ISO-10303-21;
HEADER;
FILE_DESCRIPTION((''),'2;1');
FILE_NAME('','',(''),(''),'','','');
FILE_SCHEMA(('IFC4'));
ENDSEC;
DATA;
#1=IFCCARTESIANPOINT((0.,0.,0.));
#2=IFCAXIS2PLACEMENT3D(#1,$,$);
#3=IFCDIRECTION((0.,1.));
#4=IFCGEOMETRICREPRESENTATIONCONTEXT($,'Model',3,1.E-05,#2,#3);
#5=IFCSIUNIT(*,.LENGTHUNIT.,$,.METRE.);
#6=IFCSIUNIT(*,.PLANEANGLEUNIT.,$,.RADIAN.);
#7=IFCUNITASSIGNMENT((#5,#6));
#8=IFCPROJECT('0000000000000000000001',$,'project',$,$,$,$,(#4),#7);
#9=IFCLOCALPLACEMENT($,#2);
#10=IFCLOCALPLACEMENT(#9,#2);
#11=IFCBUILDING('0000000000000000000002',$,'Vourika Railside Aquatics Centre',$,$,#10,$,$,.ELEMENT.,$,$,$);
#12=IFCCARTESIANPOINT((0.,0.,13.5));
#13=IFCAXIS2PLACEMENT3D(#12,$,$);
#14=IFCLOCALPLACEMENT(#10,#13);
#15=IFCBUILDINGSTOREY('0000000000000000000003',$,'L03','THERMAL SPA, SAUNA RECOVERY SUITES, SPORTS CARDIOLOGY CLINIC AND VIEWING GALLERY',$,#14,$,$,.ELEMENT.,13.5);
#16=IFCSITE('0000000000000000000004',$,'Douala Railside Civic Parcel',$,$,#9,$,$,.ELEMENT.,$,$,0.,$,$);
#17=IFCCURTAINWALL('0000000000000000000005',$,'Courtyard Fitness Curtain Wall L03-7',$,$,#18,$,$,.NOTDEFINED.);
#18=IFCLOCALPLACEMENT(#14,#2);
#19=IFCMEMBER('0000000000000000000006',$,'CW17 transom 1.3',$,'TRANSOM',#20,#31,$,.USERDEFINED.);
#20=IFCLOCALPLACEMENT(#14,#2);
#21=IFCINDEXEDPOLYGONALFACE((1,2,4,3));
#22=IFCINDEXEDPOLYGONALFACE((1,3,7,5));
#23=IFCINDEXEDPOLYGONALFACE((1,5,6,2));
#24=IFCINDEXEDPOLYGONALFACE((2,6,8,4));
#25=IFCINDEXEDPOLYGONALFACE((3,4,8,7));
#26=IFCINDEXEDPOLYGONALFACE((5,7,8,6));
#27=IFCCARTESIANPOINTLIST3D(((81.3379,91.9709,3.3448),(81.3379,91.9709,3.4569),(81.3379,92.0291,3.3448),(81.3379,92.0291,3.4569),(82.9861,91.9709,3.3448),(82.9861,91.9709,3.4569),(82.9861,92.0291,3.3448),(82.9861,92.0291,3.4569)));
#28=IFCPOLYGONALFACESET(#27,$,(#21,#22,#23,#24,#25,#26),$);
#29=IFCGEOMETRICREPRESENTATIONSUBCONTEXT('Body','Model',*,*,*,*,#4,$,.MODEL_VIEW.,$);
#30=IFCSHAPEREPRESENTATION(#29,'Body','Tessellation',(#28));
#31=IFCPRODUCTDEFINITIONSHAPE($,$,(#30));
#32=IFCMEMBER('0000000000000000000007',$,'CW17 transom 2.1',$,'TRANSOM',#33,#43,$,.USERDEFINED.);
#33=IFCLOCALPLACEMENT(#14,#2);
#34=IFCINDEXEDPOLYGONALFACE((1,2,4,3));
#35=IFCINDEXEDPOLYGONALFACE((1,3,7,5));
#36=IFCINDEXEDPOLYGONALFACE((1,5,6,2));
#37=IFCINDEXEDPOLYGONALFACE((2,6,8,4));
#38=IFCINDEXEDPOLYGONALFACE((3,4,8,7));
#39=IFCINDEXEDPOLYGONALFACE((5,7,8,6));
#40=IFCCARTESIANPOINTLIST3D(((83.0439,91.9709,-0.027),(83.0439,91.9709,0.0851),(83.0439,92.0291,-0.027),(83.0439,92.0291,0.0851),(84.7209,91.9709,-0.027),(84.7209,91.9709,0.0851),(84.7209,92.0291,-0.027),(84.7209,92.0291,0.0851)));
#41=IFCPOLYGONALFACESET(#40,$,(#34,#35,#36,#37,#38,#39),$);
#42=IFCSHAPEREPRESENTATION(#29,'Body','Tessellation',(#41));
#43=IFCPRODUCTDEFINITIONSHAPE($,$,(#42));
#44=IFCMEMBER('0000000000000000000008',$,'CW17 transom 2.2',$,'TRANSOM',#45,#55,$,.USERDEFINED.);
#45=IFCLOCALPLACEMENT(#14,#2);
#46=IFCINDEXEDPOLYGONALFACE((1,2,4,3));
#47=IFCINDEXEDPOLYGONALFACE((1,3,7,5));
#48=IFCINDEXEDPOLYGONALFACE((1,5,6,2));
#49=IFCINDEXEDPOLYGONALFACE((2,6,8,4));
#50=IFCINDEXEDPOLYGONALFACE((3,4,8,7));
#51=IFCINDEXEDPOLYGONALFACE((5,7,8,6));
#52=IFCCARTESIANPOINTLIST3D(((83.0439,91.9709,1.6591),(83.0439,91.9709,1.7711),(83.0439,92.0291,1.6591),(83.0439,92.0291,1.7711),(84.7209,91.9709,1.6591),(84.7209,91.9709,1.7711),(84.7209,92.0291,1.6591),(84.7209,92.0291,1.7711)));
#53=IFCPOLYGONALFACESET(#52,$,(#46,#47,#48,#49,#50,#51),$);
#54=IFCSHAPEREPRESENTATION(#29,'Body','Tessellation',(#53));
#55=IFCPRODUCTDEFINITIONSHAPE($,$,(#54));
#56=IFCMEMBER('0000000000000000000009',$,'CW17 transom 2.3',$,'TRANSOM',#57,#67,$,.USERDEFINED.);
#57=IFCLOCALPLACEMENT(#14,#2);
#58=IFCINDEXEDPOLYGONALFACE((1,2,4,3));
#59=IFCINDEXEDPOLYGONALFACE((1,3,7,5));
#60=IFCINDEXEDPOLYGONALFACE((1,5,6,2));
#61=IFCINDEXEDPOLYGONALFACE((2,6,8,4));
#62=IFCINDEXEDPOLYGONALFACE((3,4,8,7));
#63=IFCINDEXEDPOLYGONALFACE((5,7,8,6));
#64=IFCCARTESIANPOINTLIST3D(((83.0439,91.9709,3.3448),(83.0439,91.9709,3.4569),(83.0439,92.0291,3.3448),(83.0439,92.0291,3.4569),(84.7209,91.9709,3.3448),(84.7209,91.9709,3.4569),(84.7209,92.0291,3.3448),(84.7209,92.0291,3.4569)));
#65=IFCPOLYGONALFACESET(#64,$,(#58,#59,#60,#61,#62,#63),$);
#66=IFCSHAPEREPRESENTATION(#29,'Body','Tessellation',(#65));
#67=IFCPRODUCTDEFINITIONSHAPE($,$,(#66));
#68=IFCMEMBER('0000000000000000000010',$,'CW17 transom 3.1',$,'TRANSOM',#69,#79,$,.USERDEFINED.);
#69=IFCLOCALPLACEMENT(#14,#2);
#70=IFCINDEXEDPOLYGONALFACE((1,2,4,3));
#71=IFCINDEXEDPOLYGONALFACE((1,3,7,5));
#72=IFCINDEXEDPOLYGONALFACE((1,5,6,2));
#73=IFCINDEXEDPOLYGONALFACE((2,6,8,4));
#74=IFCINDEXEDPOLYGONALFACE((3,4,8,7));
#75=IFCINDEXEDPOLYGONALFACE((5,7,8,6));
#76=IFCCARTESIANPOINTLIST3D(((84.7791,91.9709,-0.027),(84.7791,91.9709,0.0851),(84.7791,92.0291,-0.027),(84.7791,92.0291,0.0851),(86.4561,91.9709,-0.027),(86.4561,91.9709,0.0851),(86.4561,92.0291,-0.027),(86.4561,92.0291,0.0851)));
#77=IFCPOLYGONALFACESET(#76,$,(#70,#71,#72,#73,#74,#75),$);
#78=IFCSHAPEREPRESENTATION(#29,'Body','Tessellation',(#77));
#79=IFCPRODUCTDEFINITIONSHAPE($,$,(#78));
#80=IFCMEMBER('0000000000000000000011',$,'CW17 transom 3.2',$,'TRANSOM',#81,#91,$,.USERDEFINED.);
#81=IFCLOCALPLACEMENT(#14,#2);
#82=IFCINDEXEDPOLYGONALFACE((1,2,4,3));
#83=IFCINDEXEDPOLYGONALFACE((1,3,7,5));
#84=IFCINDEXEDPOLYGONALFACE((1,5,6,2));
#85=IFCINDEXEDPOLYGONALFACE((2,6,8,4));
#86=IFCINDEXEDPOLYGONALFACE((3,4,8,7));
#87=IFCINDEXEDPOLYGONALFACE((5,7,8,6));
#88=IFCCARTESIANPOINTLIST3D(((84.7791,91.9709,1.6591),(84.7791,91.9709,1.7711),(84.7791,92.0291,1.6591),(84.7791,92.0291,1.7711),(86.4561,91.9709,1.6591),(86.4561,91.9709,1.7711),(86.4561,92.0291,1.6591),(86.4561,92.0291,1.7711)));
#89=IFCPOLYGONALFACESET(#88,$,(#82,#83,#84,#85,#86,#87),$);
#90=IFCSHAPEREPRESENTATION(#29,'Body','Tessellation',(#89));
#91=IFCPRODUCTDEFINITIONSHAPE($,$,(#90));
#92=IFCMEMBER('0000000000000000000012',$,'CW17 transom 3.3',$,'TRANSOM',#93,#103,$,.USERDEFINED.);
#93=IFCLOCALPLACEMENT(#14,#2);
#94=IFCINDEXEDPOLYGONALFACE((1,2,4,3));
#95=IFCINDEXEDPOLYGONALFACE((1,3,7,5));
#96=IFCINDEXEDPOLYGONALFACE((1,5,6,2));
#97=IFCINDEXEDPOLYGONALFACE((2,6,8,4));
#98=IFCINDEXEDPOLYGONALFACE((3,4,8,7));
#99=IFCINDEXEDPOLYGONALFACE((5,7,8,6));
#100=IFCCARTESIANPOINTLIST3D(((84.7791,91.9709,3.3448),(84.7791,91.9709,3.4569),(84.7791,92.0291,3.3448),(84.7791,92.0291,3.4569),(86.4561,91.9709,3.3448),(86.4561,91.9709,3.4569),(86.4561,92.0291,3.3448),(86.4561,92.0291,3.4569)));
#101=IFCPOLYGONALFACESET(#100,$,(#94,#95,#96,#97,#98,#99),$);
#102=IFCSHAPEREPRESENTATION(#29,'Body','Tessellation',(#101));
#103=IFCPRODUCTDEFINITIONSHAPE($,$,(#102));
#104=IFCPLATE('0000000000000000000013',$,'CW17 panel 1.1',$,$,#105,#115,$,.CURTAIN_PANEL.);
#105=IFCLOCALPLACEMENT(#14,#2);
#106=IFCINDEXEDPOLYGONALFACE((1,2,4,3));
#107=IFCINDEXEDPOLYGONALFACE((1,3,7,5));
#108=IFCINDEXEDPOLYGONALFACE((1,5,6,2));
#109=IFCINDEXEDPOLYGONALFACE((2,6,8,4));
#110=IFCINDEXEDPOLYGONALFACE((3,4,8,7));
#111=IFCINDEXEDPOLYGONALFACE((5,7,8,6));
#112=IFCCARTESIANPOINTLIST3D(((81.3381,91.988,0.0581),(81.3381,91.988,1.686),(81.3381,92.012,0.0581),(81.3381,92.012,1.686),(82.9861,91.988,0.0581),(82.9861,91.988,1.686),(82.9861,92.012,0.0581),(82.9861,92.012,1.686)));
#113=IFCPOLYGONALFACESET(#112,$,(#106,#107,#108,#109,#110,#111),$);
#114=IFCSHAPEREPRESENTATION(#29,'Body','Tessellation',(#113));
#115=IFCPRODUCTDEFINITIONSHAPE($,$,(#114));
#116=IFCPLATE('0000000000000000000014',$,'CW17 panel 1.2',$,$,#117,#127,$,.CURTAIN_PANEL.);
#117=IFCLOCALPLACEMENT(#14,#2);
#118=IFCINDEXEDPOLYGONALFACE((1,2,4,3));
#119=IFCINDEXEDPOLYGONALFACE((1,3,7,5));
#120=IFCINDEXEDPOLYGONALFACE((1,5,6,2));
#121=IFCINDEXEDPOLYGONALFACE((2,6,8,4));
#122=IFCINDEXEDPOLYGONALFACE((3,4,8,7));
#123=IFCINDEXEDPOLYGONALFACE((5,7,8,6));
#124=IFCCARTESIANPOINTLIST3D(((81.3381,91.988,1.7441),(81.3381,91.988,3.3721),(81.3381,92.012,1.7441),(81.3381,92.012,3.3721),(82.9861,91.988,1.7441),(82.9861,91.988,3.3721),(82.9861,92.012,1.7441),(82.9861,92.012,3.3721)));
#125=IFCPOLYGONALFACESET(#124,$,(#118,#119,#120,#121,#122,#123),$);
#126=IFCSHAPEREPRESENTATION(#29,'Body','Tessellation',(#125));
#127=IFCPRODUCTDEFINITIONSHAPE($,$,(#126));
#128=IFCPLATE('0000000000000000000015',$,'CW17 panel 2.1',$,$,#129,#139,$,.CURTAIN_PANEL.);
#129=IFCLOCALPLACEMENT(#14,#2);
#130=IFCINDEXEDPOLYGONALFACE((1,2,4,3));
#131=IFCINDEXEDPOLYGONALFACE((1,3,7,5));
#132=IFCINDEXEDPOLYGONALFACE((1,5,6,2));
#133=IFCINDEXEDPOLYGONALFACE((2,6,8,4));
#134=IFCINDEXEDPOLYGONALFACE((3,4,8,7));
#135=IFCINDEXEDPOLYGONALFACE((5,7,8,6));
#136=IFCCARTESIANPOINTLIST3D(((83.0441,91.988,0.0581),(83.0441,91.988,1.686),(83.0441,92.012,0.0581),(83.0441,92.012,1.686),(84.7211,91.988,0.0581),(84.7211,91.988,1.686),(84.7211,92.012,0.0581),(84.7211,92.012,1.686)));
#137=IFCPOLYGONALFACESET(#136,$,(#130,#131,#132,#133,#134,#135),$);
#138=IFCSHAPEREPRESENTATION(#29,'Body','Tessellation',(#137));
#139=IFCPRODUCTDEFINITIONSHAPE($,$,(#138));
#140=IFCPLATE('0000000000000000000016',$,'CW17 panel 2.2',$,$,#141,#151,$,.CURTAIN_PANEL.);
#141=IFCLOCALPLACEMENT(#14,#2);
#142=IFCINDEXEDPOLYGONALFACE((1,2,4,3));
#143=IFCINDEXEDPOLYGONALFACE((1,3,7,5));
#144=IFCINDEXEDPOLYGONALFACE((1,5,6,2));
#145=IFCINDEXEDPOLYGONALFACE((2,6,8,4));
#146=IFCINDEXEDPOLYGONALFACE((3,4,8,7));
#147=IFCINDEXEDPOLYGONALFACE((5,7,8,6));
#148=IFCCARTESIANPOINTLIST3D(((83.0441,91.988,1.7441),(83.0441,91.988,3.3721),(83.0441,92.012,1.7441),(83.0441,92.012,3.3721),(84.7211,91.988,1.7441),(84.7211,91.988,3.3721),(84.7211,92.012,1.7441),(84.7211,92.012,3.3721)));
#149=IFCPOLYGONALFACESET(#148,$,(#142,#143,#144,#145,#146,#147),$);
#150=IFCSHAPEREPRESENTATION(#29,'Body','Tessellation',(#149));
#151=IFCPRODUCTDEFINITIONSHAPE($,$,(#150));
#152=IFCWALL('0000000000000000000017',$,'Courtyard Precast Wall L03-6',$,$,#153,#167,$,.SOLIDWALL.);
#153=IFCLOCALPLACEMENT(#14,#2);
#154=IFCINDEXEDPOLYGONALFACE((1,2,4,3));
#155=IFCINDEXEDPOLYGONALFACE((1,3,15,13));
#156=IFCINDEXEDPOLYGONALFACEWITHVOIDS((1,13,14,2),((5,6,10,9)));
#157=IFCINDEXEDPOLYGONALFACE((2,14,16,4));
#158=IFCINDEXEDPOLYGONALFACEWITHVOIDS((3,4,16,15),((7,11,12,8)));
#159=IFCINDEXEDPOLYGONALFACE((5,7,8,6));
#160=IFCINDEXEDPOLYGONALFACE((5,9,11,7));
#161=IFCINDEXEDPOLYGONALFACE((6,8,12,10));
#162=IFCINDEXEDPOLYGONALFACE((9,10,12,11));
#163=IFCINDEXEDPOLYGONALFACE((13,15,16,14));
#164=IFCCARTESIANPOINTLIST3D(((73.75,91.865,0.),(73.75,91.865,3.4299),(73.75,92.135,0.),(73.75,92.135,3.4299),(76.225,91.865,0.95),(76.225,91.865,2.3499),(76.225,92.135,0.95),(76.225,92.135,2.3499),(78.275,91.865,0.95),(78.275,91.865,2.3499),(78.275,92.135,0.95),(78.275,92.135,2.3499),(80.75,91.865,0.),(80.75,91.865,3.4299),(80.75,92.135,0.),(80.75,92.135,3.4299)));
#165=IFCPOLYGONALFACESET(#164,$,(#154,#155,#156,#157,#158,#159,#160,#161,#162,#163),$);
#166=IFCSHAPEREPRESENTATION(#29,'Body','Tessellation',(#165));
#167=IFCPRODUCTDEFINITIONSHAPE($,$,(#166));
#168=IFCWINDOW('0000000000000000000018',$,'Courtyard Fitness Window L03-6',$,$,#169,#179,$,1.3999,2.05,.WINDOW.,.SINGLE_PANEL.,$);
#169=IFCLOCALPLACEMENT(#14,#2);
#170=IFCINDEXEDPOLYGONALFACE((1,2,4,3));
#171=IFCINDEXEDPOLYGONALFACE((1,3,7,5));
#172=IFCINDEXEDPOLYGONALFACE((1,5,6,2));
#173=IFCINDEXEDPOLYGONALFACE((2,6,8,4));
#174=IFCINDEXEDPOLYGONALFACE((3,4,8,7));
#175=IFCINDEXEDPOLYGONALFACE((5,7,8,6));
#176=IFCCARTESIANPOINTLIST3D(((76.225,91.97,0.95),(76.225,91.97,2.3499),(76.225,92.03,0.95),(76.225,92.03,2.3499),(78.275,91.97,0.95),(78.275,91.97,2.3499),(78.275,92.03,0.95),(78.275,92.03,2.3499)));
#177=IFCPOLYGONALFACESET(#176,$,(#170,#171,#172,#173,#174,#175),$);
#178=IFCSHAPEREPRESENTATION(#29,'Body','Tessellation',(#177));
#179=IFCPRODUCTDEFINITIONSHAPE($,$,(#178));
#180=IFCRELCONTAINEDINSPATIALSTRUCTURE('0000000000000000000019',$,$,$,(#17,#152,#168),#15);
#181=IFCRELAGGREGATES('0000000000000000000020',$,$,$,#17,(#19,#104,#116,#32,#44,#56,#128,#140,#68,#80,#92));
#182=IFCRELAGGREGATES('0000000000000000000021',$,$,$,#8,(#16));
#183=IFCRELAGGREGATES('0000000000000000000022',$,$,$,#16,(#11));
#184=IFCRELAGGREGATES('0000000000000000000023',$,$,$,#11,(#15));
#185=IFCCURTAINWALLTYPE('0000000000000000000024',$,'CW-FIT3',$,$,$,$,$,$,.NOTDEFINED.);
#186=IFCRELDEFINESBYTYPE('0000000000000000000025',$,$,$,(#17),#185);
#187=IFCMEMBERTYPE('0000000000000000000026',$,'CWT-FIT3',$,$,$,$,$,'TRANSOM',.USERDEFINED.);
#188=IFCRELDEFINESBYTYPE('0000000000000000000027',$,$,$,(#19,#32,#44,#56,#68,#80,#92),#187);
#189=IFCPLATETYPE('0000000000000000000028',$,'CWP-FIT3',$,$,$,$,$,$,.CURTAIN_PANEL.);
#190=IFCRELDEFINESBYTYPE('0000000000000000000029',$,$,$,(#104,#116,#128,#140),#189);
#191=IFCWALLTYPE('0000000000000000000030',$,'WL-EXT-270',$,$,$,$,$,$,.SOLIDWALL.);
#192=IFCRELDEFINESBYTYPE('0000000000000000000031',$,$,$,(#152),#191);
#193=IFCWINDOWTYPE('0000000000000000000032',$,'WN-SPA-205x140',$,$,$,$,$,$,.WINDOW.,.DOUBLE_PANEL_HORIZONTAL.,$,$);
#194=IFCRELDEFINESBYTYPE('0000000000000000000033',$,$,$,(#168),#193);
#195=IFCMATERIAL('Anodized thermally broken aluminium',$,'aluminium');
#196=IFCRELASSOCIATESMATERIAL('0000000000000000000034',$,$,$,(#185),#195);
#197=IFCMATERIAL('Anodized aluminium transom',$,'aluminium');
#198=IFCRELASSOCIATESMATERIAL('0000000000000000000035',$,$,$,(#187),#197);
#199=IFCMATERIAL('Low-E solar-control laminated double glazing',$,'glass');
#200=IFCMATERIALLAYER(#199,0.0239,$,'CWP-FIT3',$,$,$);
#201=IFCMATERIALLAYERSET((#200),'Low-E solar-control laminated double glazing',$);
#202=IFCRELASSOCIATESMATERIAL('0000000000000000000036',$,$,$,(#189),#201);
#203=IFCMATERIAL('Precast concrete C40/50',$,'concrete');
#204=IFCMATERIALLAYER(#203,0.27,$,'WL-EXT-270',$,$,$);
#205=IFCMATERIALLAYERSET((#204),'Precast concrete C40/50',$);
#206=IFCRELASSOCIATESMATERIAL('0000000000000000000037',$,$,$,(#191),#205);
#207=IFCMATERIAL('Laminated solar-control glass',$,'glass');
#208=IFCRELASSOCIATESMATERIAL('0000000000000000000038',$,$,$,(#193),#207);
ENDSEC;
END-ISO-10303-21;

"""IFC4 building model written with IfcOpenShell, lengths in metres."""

from ifc_helpers import new_model, si_unit, direction, frame, frame_2d, origin, origin_2d, place, context, subcontext, project, spatial, rectangle, extrude, material, layer, layer_set, material_profile, profile_set, type_object, element, fill, aggregate, save


model = new_model("IFC4")

# Units and contexts
model_context = context("Model", 3, precision=1e-05, world=origin(), true_north=direction((0.0, 1.0)))
body_context = subcontext(model_context, "Body", "Model", "MODEL_VIEW")
ifc_project = project(units=[si_unit("LENGTHUNIT", "METRE"), si_unit("PLANEANGLEUNIT", "RADIAN")], contexts=[model_context])

# Site, building, storey
site_placement = place(None, origin())
site = spatial("IfcSite", under=ifc_project, at=site_placement, Name="Douala Railside Civic Parcel", CompositionType="ELEMENT", RefElevation=0.0)
building_placement = place(site_placement, origin())
building = spatial("IfcBuilding", under=site, at=building_placement, Name="Vourika Railside Aquatics Centre", CompositionType="ELEMENT")
storey_placement = place(building_placement, frame((0.0, 0.0, 13.5)))
storey = spatial("IfcBuildingStorey", under=building, at=storey_placement, Name="L03", Description="THERMAL SPA, SAUNA RECOVERY SUITES, SPORTS CARDIOLOGY CLINIC AND VIEWING GALLERY", CompositionType="ELEMENT", Elevation=13.5)

# Curtain wall, members, plates
ifc_material_1 = material(Name="Anodized thermally broken aluminium", Category="aluminium")
curtain_wall_type = type_object("IfcCurtainWallType", Name="CW-FIT3", PredefinedType="NOTDEFINED", material=ifc_material_1)
curtain_wall_placement = place(storey_placement, origin())
curtain_wall = element("IfcCurtainWall", 1, at=curtain_wall_placement, inside=storey, type_object=curtain_wall_type, Name="Courtyard Fitness Curtain Wall L03-7", PredefinedType="NOTDEFINED")
ifc_material_2 = material(Name="Anodized aluminium transom", Category="aluminium")
ifc_material_profile_1 = material_profile(ifc_material_2, rectangle(XDim=0.0581, YDim=0.1121, at=origin_2d()), Name="ALU-T 58x112")
ifc_profile_set_1 = profile_set([ifc_material_profile_1], Name="Anodized aluminium transom")
member_type_1 = type_object("IfcMemberType", Name="CWT-FIT3", ElementType="TRANSOM", PredefinedType="USERDEFINED", material=ifc_profile_set_1)
member_1_placement = place(storey_placement, frame((81.3379, 92.0, 3.4009), z_axis=(1.0, 0.0, 0.0), x_axis=(0.0, 1.0, 0.0)))
member_1 = element("IfcMember", 2, at=member_1_placement, type_object=member_type_1, Name="CW17 transom 1.3", ObjectType="TRANSOM", PredefinedType="USERDEFINED", context=body_context, shape_type="SweptSolid", body=[
    extrude(rectangle(XDim=0.0581, YDim=0.1121, at=origin_2d()), origin(), (0.0, 0.0, 1.0), 1.6482),
])
member_2_placement = place(storey_placement, frame((83.0439, 92.0, 0.0291), z_axis=(1.0, 0.0, 0.0), x_axis=(0.0, 1.0, 0.0)))
member_2 = element("IfcMember", 3, at=member_2_placement, type_object=member_type_1, Name="CW17 transom 2.1", ObjectType="TRANSOM", PredefinedType="USERDEFINED", context=body_context, shape_type="SweptSolid", body=[
    extrude(rectangle(XDim=0.0581, YDim=0.1121, at=origin_2d()), origin(), (0.0, 0.0, 1.0), 1.677),
])
member_3_placement = place(storey_placement, frame((83.0439, 92.0, 1.7151), z_axis=(1.0, 0.0, 0.0), x_axis=(0.0, 1.0, 0.0)))
member_3 = element("IfcMember", 4, at=member_3_placement, type_object=member_type_1, Name="CW17 transom 2.2", ObjectType="TRANSOM", PredefinedType="USERDEFINED", context=body_context, shape_type="SweptSolid", body=[
    extrude(rectangle(XDim=0.0581, YDim=0.1121, at=origin_2d()), origin(), (0.0, 0.0, 1.0), 1.677),
])
member_4_placement = place(storey_placement, frame((83.0439, 92.0, 3.4009), z_axis=(1.0, 0.0, 0.0), x_axis=(0.0, 1.0, 0.0)))
member_4 = element("IfcMember", 5, at=member_4_placement, type_object=member_type_1, Name="CW17 transom 2.3", ObjectType="TRANSOM", PredefinedType="USERDEFINED", context=body_context, shape_type="SweptSolid", body=[
    extrude(rectangle(XDim=0.0581, YDim=0.1121, at=origin_2d()), origin(), (0.0, 0.0, 1.0), 1.677),
])
member_5_placement = place(storey_placement, frame((84.7791, 92.0, 0.0291), z_axis=(1.0, 0.0, 0.0), x_axis=(0.0, 1.0, 0.0)))
member_5 = element("IfcMember", 6, at=member_5_placement, type_object=member_type_1, Name="CW17 transom 3.1", ObjectType="TRANSOM", PredefinedType="USERDEFINED", context=body_context, shape_type="SweptSolid", body=[
    extrude(rectangle(XDim=0.0581, YDim=0.1121, at=origin_2d()), origin(), (0.0, 0.0, 1.0), 1.677),
])
member_6_placement = place(storey_placement, frame((84.7791, 92.0, 1.7151), z_axis=(1.0, 0.0, 0.0), x_axis=(0.0, 1.0, 0.0)))
member_6 = element("IfcMember", 7, at=member_6_placement, type_object=member_type_1, Name="CW17 transom 3.2", ObjectType="TRANSOM", PredefinedType="USERDEFINED", context=body_context, shape_type="SweptSolid", body=[
    extrude(rectangle(XDim=0.0581, YDim=0.1121, at=origin_2d()), origin(), (0.0, 0.0, 1.0), 1.677),
])
member_7_placement = place(storey_placement, frame((84.7791, 92.0, 3.4009), z_axis=(1.0, 0.0, 0.0), x_axis=(0.0, 1.0, 0.0)))
member_7 = element("IfcMember", 8, at=member_7_placement, type_object=member_type_1, Name="CW17 transom 3.3", ObjectType="TRANSOM", PredefinedType="USERDEFINED", context=body_context, shape_type="SweptSolid", body=[
    extrude(rectangle(XDim=0.0581, YDim=0.1121, at=origin_2d()), origin(), (0.0, 0.0, 1.0), 1.677),
])
ifc_material_3 = material(Name="Low-E solar-control laminated double glazing", Category="glass")
ifc_layer_1 = layer(ifc_material_3, 0.0239, Name="CWP-FIT3")
ifc_layer_set_1 = layer_set([ifc_layer_1], Name="Low-E solar-control laminated double glazing")
plate_type = type_object("IfcPlateType", Name="CWP-FIT3", PredefinedType="CURTAIN_PANEL", material=ifc_layer_set_1)
plate_1_placement = place(storey_placement, frame((82.1621, 92.0, 0.0581), z_axis=(0.0, 0.0, 1.0), x_axis=(1.0, 0.0, 0.0)))
plate_1 = element("IfcPlate", 9, at=plate_1_placement, type_object=plate_type, Name="CW17 panel 1.1", PredefinedType="CURTAIN_PANEL", context=body_context, shape_type="SweptSolid", body=[
    extrude(rectangle(XDim=1.6479, YDim=0.0239, at=origin_2d()), origin(), (0.0, 0.0, 1.0), 1.6279),
])
plate_2_placement = place(storey_placement, frame((82.1621, 92.0, 1.7441), z_axis=(0.0, 0.0, 1.0), x_axis=(1.0, 0.0, 0.0)))
plate_2 = element("IfcPlate", 10, at=plate_2_placement, type_object=plate_type, Name="CW17 panel 1.2", PredefinedType="CURTAIN_PANEL", context=body_context, shape_type="SweptSolid", body=[
    extrude(rectangle(XDim=1.6479, YDim=0.0239, at=origin_2d()), origin(), (0.0, 0.0, 1.0), 1.6279),
])
plate_3_placement = place(storey_placement, frame((83.8826, 92.0, 0.0581), z_axis=(0.0, 0.0, 1.0), x_axis=(1.0, 0.0, 0.0)))
plate_3 = element("IfcPlate", 11, at=plate_3_placement, type_object=plate_type, Name="CW17 panel 2.1", PredefinedType="CURTAIN_PANEL", context=body_context, shape_type="SweptSolid", body=[
    extrude(rectangle(XDim=1.677, YDim=0.0239, at=origin_2d()), origin(), (0.0, 0.0, 1.0), 1.6279),
])
plate_4_placement = place(storey_placement, frame((83.8826, 92.0, 1.7441), z_axis=(0.0, 0.0, 1.0), x_axis=(1.0, 0.0, 0.0)))
plate_4 = element("IfcPlate", 12, at=plate_4_placement, type_object=plate_type, Name="CW17 panel 2.2", PredefinedType="CURTAIN_PANEL", context=body_context, shape_type="SweptSolid", body=[
    extrude(rectangle(XDim=1.677, YDim=0.0239, at=origin_2d()), origin(), (0.0, 0.0, 1.0), 1.6279),
])
aggregate(curtain_wall, [member_1, plate_1, plate_2, member_2, member_3, member_4, plate_3, plate_4, member_5, member_6, member_7])

# Wall, opening, window
ifc_material_4 = material(Name="Precast concrete C40/50", Category="concrete")
ifc_layer_2 = layer(ifc_material_4, 0.27, Name="WL-EXT-270")
ifc_layer_set_2 = layer_set([ifc_layer_2], Name="Precast concrete C40/50")
wall_type = type_object("IfcWallType", Name="WL-EXT-270", PredefinedType="SOLIDWALL", material=ifc_layer_set_2)
wall_placement = place(storey_placement, frame((73.75, 92.0, 0.0), z_axis=(0.0, 0.0, 1.0), x_axis=(1.0, 0.0, 0.0)))
wall = element("IfcWall", 13, at=wall_placement, inside=storey, type_object=wall_type, Name="Courtyard Precast Wall L03-6", PredefinedType="SOLIDWALL", context=body_context, shape_type="SweptSolid", body=[
    extrude(rectangle(XDim=7.0, YDim=0.27, at=frame_2d((3.5, 0.0))), origin(), (0.0, 0.0, 1.0), 3.4299),
])
opening_placement = place(wall_placement, frame((2.4751, 0.0, 0.95)))
opening = element("IfcOpeningElement", 14, at=opening_placement, cuts=wall, PredefinedType="OPENING", context=body_context, shape_type="SweptSolid", body=[
    extrude(rectangle(XDim=2.05, YDim=1.3999, at=frame_2d((1.0249, 0.7))), frame((0.0, 0.145, 0.0), z_axis=(0.0, -1.0, 0.0), x_axis=(1.0, 0.0, 0.0)), (0.0, 0.0, 1.0), 0.29),
])
ifc_material_5 = material(Name="Laminated solar-control glass", Category="glass")
window_type = type_object("IfcWindowType", Name="WN-SPA-205x140", PartitioningType="DOUBLE_PANEL_HORIZONTAL", PredefinedType="WINDOW", material=ifc_material_5)
window_placement = place(opening_placement, origin())
window = element("IfcWindow", 15, at=window_placement, inside=storey, type_object=window_type, Name="Courtyard Fitness Window L03-6", OverallHeight=1.3999, OverallWidth=2.05, PartitioningType="SINGLE_PANEL", PredefinedType="WINDOW", context=body_context, shape_type="SweptSolid", body=[
    extrude(rectangle(XDim=2.05, YDim=1.3999, at=frame_2d((1.0249, 0.7))), frame((0.0, 0.03, 0.0), z_axis=(0.0, -1.0, 0.0), x_axis=(1.0, 0.0, 0.0)), (0.0, 0.0, 1.0), 0.0601),
])
fill(opening, window)

save(model, "model.ifc")
